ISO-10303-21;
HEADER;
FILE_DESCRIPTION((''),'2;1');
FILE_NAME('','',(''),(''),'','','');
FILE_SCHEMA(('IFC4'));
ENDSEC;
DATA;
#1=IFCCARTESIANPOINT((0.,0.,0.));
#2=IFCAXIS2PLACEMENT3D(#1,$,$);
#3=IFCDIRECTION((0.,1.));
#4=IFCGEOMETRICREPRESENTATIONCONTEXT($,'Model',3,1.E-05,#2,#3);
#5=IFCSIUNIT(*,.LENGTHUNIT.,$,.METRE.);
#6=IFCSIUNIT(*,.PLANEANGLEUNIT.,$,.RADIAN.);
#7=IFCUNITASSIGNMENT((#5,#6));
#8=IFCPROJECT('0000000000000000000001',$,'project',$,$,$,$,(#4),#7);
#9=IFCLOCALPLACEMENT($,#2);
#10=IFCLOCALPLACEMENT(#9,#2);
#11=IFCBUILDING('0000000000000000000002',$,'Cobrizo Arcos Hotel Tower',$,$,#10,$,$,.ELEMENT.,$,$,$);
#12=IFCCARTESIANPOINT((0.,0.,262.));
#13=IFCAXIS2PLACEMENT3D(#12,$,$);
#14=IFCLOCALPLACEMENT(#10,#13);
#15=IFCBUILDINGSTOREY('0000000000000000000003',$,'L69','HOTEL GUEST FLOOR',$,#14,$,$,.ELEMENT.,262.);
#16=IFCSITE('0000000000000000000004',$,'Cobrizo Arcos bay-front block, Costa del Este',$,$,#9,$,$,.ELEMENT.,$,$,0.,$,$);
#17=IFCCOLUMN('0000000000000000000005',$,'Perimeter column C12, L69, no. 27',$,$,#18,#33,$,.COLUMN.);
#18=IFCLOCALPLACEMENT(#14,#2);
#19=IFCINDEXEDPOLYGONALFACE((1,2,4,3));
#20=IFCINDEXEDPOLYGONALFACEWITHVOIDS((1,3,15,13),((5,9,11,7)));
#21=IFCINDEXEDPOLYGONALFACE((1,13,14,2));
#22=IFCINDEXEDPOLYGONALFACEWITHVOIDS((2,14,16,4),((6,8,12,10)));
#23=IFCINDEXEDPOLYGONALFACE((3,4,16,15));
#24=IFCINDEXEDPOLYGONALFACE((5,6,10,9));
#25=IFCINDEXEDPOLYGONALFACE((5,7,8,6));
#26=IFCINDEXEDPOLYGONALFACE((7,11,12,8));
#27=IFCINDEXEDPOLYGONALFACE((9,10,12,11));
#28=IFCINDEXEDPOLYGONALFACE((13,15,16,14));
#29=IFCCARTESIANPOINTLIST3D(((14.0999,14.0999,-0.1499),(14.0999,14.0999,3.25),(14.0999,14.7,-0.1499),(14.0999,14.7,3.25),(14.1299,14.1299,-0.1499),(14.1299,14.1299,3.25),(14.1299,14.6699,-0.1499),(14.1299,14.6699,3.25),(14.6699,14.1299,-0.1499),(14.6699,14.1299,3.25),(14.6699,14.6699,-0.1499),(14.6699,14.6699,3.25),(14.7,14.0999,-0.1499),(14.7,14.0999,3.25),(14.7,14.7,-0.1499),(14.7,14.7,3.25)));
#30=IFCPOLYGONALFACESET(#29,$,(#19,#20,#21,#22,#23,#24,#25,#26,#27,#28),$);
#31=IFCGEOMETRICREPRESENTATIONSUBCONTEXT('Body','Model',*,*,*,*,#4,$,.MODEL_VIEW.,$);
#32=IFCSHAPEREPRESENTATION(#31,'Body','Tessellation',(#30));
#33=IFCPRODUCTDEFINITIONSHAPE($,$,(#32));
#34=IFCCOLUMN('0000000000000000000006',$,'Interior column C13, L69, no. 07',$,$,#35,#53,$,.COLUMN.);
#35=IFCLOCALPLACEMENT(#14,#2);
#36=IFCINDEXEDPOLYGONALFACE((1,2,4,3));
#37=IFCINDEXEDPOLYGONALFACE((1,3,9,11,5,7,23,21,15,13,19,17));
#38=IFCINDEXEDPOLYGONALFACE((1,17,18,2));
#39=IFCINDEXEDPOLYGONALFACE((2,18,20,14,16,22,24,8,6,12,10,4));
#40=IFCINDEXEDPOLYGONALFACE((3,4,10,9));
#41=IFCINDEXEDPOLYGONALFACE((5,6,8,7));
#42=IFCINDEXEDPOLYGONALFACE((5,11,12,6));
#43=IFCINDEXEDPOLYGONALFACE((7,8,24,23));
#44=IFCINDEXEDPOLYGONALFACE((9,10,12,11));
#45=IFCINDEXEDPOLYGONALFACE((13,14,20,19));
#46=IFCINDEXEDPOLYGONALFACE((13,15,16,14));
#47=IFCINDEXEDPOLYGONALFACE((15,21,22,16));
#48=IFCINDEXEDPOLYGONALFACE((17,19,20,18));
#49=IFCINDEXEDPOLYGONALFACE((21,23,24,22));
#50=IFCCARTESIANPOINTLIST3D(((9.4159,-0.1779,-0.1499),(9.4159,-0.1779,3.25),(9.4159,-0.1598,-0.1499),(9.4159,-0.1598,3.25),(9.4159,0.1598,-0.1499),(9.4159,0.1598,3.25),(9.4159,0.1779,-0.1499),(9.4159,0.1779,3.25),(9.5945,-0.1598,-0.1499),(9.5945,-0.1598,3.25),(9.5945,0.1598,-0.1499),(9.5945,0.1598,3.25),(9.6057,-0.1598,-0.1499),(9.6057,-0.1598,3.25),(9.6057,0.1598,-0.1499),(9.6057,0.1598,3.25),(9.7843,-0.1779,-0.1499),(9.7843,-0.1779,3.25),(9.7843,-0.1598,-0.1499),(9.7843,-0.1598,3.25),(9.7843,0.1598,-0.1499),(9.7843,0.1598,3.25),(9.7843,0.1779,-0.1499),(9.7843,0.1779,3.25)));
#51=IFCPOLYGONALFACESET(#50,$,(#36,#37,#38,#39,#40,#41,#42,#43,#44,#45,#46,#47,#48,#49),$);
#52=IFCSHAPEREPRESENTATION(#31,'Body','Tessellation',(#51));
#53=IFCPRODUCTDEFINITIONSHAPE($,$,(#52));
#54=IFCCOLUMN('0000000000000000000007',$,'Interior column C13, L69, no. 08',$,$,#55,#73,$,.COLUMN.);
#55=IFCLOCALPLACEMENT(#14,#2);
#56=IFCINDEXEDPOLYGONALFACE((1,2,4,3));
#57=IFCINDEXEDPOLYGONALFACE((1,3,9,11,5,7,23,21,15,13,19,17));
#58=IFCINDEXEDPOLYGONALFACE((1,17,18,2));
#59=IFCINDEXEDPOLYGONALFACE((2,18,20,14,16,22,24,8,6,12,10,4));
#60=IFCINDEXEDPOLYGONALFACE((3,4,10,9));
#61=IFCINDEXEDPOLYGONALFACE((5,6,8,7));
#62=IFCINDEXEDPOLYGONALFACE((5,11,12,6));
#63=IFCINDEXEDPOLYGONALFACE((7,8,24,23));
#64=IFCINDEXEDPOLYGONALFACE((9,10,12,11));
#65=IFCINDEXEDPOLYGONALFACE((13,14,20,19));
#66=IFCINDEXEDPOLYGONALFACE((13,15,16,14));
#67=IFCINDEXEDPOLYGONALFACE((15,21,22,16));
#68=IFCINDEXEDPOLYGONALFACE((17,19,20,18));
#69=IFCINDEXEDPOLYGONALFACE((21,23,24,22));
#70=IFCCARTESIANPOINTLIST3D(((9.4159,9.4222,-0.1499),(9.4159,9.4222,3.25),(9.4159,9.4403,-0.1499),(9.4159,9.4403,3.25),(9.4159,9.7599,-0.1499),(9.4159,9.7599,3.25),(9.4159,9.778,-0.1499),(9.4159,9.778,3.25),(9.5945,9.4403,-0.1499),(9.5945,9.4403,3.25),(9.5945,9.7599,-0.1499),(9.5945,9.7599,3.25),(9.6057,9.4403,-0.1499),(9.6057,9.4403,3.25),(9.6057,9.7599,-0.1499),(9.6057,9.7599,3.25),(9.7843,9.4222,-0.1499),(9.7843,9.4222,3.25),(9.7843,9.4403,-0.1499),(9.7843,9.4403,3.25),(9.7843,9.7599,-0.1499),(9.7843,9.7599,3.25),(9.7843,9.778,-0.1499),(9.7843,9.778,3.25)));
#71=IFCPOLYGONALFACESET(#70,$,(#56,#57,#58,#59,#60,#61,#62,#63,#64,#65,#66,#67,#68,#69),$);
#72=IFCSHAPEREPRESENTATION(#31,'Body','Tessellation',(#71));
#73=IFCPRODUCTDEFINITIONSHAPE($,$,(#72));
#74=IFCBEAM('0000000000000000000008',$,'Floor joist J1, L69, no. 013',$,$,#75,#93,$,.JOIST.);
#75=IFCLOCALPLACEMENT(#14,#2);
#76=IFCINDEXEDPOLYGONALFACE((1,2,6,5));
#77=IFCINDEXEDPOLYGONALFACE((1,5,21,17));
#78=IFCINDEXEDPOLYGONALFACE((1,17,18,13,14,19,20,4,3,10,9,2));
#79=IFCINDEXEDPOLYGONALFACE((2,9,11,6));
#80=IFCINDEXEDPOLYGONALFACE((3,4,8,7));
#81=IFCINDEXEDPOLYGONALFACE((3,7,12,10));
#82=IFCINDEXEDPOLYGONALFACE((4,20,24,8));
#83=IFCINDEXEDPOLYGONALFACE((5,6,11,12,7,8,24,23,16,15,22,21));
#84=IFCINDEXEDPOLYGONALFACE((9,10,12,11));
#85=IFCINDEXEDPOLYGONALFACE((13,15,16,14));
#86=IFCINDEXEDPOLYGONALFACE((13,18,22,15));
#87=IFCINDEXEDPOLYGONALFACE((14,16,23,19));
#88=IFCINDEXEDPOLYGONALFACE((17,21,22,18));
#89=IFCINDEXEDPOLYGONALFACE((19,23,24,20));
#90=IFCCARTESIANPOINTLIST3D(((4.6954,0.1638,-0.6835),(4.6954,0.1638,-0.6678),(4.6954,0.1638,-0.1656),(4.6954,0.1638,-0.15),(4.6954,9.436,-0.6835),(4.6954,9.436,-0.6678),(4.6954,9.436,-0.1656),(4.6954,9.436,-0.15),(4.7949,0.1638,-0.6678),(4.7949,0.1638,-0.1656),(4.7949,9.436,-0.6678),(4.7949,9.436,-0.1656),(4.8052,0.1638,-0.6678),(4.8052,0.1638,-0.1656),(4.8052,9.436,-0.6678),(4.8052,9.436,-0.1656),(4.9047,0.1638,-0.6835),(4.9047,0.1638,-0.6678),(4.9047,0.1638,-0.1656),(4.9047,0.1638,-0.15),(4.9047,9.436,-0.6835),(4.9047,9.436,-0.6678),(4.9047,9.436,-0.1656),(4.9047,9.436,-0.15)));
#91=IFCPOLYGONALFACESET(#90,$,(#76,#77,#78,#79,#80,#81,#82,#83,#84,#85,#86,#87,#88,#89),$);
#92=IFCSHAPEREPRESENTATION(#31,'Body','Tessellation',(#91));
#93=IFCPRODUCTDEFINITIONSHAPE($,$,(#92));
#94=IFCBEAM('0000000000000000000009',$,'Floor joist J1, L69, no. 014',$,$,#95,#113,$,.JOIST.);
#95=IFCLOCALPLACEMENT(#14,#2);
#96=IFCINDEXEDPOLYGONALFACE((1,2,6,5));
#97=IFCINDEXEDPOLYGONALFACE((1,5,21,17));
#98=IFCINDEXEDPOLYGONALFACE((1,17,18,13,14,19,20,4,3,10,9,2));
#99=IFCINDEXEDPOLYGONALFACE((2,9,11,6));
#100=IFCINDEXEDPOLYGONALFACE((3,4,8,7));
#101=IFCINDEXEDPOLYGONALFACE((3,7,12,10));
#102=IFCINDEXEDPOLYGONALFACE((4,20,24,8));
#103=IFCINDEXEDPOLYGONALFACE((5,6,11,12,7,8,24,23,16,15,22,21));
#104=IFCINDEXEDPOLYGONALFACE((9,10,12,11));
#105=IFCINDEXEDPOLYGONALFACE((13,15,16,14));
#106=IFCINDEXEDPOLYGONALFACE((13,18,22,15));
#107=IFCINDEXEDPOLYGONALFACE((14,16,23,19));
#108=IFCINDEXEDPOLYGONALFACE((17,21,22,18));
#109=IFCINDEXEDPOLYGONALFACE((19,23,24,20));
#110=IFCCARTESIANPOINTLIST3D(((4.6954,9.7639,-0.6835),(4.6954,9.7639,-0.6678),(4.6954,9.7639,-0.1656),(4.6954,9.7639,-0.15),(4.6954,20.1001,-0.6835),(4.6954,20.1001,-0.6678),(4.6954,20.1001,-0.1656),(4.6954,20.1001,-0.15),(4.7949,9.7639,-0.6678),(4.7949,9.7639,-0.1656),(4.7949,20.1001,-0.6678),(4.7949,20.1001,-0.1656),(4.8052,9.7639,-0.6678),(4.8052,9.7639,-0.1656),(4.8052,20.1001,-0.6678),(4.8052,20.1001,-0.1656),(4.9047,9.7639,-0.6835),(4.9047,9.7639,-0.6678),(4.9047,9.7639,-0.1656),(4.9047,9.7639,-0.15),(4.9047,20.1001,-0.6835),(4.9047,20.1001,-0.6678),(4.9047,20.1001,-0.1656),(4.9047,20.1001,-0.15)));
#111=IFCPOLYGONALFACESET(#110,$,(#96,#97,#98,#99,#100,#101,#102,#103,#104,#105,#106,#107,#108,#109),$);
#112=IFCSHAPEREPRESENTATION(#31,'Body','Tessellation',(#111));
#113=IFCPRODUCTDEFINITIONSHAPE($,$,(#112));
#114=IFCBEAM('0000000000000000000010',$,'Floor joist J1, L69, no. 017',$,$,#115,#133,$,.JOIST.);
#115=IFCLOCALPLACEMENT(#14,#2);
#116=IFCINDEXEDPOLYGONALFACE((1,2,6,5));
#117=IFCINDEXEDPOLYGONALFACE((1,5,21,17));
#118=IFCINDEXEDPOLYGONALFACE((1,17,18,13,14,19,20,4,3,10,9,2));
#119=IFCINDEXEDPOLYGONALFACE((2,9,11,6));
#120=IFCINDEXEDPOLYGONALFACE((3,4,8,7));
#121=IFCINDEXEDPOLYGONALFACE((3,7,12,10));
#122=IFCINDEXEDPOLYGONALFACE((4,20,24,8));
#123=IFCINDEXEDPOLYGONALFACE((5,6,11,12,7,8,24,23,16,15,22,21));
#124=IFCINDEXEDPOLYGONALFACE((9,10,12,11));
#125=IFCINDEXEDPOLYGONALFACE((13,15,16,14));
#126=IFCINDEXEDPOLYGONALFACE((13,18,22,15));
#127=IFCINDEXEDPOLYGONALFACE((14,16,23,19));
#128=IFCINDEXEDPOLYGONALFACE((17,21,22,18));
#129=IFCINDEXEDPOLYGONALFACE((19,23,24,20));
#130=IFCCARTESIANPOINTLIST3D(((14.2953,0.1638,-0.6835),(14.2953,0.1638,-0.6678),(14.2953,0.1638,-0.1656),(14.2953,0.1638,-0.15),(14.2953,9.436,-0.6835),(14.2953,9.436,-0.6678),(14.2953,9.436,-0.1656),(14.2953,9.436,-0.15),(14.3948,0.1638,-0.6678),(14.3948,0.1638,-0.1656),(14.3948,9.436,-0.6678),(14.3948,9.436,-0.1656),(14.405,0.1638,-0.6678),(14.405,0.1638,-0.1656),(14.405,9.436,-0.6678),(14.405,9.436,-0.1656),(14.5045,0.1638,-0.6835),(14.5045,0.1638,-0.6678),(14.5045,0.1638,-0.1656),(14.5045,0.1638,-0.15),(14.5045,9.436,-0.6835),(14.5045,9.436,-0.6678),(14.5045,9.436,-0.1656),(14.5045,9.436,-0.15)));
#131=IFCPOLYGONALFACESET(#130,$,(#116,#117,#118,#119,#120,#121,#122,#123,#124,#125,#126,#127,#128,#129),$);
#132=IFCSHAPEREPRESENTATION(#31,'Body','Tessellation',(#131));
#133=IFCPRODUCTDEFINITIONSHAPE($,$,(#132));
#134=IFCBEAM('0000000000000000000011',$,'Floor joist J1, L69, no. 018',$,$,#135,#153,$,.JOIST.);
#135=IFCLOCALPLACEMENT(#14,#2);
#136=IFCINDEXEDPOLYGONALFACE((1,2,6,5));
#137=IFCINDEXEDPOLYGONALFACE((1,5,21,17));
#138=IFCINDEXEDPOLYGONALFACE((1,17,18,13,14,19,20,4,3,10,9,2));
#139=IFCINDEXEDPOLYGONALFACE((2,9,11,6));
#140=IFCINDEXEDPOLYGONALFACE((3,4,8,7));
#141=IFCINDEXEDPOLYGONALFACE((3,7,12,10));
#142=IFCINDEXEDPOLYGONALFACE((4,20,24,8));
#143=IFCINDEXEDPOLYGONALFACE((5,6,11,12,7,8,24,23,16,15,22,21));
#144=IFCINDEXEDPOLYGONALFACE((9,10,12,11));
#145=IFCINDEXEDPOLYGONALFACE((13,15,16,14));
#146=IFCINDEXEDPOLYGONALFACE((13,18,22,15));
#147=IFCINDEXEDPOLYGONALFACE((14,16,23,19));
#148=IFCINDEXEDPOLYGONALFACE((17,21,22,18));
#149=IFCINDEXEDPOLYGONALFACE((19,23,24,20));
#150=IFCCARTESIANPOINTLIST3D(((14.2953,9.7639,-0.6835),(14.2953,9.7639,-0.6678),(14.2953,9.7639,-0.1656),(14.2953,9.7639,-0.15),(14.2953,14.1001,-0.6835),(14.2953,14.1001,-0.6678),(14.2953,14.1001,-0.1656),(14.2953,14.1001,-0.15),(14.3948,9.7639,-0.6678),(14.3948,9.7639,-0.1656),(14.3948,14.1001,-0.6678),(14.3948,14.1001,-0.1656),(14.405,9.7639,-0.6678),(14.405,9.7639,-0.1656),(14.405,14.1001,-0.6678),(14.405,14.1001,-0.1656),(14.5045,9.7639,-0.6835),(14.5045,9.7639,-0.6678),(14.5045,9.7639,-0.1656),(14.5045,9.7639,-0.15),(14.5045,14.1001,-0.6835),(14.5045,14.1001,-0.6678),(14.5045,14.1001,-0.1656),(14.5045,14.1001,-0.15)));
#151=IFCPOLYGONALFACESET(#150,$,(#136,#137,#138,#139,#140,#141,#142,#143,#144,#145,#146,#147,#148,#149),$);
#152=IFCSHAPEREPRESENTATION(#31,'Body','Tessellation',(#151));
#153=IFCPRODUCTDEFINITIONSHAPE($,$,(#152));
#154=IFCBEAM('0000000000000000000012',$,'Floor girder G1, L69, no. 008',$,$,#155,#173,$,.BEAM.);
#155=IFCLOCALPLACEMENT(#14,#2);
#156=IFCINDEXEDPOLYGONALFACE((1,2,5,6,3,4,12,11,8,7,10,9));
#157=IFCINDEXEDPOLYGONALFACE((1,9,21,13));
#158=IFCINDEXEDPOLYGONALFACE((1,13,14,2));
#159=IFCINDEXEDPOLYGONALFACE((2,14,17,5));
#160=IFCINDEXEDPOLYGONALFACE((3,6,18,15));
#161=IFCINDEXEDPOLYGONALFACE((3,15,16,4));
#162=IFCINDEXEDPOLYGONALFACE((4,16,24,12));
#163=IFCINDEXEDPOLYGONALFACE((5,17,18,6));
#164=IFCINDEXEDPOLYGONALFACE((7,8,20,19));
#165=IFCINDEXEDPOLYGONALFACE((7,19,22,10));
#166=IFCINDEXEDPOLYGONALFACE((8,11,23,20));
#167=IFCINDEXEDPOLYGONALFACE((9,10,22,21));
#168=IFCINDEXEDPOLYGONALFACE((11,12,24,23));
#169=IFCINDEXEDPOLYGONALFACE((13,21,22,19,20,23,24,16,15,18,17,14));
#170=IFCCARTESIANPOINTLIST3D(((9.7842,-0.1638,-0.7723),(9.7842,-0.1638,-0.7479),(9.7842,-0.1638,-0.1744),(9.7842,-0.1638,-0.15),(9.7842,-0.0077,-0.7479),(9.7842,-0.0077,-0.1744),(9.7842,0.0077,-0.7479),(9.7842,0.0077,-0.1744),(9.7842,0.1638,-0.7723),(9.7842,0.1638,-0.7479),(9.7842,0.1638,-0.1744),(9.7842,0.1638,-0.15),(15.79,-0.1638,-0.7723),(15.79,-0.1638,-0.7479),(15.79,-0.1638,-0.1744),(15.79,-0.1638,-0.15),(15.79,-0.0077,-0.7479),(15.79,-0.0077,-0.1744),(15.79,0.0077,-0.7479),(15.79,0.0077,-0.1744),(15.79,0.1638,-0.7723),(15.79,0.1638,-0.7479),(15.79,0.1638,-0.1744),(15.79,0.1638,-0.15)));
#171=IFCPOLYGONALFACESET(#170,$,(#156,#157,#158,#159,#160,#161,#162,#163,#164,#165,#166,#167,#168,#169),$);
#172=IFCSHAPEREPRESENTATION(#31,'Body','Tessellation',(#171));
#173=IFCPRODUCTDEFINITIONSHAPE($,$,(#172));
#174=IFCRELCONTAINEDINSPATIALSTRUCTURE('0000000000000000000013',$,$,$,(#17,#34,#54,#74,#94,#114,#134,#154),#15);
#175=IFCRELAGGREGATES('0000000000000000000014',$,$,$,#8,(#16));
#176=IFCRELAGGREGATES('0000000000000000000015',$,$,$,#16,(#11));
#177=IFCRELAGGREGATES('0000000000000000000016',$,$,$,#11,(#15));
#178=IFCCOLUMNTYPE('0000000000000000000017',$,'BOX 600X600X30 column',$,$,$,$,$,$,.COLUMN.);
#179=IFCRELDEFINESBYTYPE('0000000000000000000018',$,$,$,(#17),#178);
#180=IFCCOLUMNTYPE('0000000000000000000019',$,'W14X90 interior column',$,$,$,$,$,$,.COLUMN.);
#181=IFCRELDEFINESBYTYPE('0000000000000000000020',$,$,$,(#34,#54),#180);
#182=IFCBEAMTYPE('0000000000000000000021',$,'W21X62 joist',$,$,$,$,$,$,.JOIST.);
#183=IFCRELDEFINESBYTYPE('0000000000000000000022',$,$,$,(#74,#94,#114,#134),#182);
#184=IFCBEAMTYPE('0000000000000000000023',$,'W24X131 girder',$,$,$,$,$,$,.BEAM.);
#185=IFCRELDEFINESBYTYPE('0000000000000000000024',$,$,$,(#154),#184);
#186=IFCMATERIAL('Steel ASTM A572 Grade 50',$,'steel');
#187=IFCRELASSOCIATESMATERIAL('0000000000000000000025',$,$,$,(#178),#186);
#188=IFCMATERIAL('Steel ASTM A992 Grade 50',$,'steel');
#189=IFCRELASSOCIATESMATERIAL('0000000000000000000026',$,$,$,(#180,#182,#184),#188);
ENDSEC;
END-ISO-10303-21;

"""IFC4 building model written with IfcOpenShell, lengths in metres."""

from ifc_helpers import new_model, si_unit, direction, frame, origin, origin_2d, place, context, subcontext, project, spatial, hollow_rectangle, i_section, extrude, material, material_profile, profile_set, type_object, element, save


model = new_model("IFC4")

# Units and contexts
model_context = context("Model", 3, precision=1e-05, world=origin(), true_north=direction((0.0, 1.0)))
body_context = subcontext(model_context, "Body", "Model", "MODEL_VIEW")
ifc_project = project(units=[si_unit("LENGTHUNIT", "METRE"), si_unit("PLANEANGLEUNIT", "RADIAN")], contexts=[model_context])

# Site, building, storey
site_placement = place(None, origin())
site = spatial("IfcSite", under=ifc_project, at=site_placement, Name="Cobrizo Arcos bay-front block, Costa del Este", CompositionType="ELEMENT", RefElevation=0.0)
building_placement = place(site_placement, origin())
building = spatial("IfcBuilding", under=site, at=building_placement, Name="Cobrizo Arcos Hotel Tower", CompositionType="ELEMENT")
storey_placement = place(building_placement, frame((0.0, 0.0, 262.0)))
storey = spatial("IfcBuildingStorey", under=building, at=storey_placement, Name="L69", Description="HOTEL GUEST FLOOR", CompositionType="ELEMENT", Elevation=262.0)

# Columns
ifc_material_1 = material(Name="Steel ASTM A572 Grade 50", Category="steel")
ifc_material_profile_1 = material_profile(ifc_material_1, hollow_rectangle(XDim=0.6001, YDim=0.6001, WallThickness=0.03, at=origin_2d()), Name="BOX 600X600X30")
ifc_profile_set_1 = profile_set([ifc_material_profile_1], Name="Steel ASTM A572 Grade 50")
column_type_1 = type_object("IfcColumnType", Name="BOX 600X600X30 column", PredefinedType="COLUMN", material=ifc_profile_set_1)
column_placement = place(storey_placement, frame((14.3999, 14.3999, -0.1499), z_axis=(0.0, 0.0, 1.0), x_axis=(1.0, 0.0, 0.0)))
element("IfcColumn", 1, at=column_placement, inside=storey, type_object=column_type_1, Name="Perimeter column C12, L69, no. 27", PredefinedType="COLUMN", context=body_context, shape_type="SweptSolid", body=[
    extrude(hollow_rectangle(XDim=0.6001, YDim=0.6001, WallThickness=0.03, at=origin_2d()), origin(), (0.0, 0.0, 1.0), 3.3999),
])
ifc_material_2 = material(Name="Steel ASTM A992 Grade 50", Category="steel")
ifc_material_profile_2 = material_profile(ifc_material_2, i_section(OverallWidth=0.3684, OverallDepth=0.3557, WebThickness=0.0112, FlangeThickness=0.0181, at=origin_2d()), Name="W14X90")
ifc_profile_set_2 = profile_set([ifc_material_profile_2], Name="Steel ASTM A992 Grade 50")
column_type_2 = type_object("IfcColumnType", Name="W14X90 interior column", PredefinedType="COLUMN", material=ifc_profile_set_2)
for number, where, z_axis, x_axis, name in (
    (2, (9.6001, 0.0, -0.1499), (0.0, 0.0, 1.0), (1.0, 0.0, 0.0), "Interior column C13, L69, no. 07"),
    (3, (9.6001, 9.6001, -0.1499), (0.0, 0.0, 1.0), (1.0, 0.0, 0.0), "Interior column C13, L69, no. 08"),
):
    element("IfcColumn", number, at=place(storey_placement, frame(where, z_axis=z_axis, x_axis=x_axis)), inside=storey, type_object=column_type_2, Name=name, PredefinedType="COLUMN", context=body_context, shape_type="SweptSolid", body=[
        extrude(i_section(OverallWidth=0.3684, OverallDepth=0.3557, WebThickness=0.0112, FlangeThickness=0.0181, at=origin_2d()), origin(), (0.0, 0.0, 1.0), 3.3999),
    ])

# Beams
ifc_material_profile_3 = material_profile(ifc_material_2, i_section(OverallWidth=0.2092, OverallDepth=0.5334, WebThickness=0.0103, FlangeThickness=0.0156, at=origin_2d()), Name="W21X62")
ifc_profile_set_3 = profile_set([ifc_material_profile_3], Name="Steel ASTM A992 Grade 50")
beam_type_1 = type_object("IfcBeamType", Name="W21X62 joist", PredefinedType="JOIST", material=ifc_profile_set_3)
beam_1_placement = place(storey_placement, frame((4.8, 0.1638, -0.4167), z_axis=(0.0, 1.0, 0.0), x_axis=(-1.0, 0.0, 0.0)))
element("IfcBeam", 4, at=beam_1_placement, inside=storey, type_object=beam_type_1, Name="Floor joist J1, L69, no. 013", PredefinedType="JOIST", context=body_context, shape_type="SweptSolid", body=[
    extrude(i_section(OverallWidth=0.2092, OverallDepth=0.5334, WebThickness=0.0103, FlangeThickness=0.0156, at=origin_2d()), origin(), (0.0, 0.0, 1.0), 9.2722),
])
beam_2_placement = place(storey_placement, frame((4.8, 9.7639, -0.4167), z_axis=(0.0, 1.0, 0.0), x_axis=(-1.0, 0.0, 0.0)))
element("IfcBeam", 5, at=beam_2_placement, inside=storey, type_object=beam_type_1, Name="Floor joist J1, L69, no. 014", PredefinedType="JOIST", context=body_context, shape_type="SweptSolid", body=[
    extrude(i_section(OverallWidth=0.2092, OverallDepth=0.5334, WebThickness=0.0103, FlangeThickness=0.0156, at=origin_2d()), origin(), (0.0, 0.0, 1.0), 10.3362),
])
beam_3_placement = place(storey_placement, frame((14.3999, 0.1638, -0.4167), z_axis=(0.0, 1.0, 0.0), x_axis=(-1.0, 0.0, 0.0)))
element("IfcBeam", 6, at=beam_3_placement, inside=storey, type_object=beam_type_1, Name="Floor joist J1, L69, no. 017", PredefinedType="JOIST", context=body_context, shape_type="SweptSolid", body=[
    extrude(i_section(OverallWidth=0.2092, OverallDepth=0.5334, WebThickness=0.0103, FlangeThickness=0.0156, at=origin_2d()), origin(), (0.0, 0.0, 1.0), 9.2722),
])
beam_4_placement = place(storey_placement, frame((14.3999, 9.7639, -0.4167), z_axis=(0.0, 1.0, 0.0), x_axis=(-1.0, 0.0, 0.0)))
element("IfcBeam", 7, at=beam_4_placement, inside=storey, type_object=beam_type_1, Name="Floor joist J1, L69, no. 018", PredefinedType="JOIST", context=body_context, shape_type="SweptSolid", body=[
    extrude(i_section(OverallWidth=0.2092, OverallDepth=0.5334, WebThickness=0.0103, FlangeThickness=0.0156, at=origin_2d()), origin(), (0.0, 0.0, 1.0), 4.3362),
])
ifc_material_profile_4 = material_profile(ifc_material_2, i_section(OverallWidth=0.3276, OverallDepth=0.6223, WebThickness=0.0154, FlangeThickness=0.0244, at=origin_2d()), Name="W24X131")
ifc_profile_set_4 = profile_set([ifc_material_profile_4], Name="Steel ASTM A992 Grade 50")
beam_type_2 = type_object("IfcBeamType", Name="W24X131 girder", PredefinedType="BEAM", material=ifc_profile_set_4)
beam_5_placement = place(storey_placement, frame((9.7842, 0.0, -0.4612), z_axis=(1.0, 0.0, 0.0), x_axis=(0.0, 1.0, 0.0)))
element("IfcBeam", 8, at=beam_5_placement, inside=storey, type_object=beam_type_2, Name="Floor girder G1, L69, no. 008", PredefinedType="BEAM", context=body_context, shape_type="SweptSolid", body=[
    extrude(i_section(OverallWidth=0.3276, OverallDepth=0.6223, WebThickness=0.0154, FlangeThickness=0.0244, at=origin_2d()), origin(), (0.0, 0.0, 1.0), 6.0059),
])

save(model, "model.ifc")
